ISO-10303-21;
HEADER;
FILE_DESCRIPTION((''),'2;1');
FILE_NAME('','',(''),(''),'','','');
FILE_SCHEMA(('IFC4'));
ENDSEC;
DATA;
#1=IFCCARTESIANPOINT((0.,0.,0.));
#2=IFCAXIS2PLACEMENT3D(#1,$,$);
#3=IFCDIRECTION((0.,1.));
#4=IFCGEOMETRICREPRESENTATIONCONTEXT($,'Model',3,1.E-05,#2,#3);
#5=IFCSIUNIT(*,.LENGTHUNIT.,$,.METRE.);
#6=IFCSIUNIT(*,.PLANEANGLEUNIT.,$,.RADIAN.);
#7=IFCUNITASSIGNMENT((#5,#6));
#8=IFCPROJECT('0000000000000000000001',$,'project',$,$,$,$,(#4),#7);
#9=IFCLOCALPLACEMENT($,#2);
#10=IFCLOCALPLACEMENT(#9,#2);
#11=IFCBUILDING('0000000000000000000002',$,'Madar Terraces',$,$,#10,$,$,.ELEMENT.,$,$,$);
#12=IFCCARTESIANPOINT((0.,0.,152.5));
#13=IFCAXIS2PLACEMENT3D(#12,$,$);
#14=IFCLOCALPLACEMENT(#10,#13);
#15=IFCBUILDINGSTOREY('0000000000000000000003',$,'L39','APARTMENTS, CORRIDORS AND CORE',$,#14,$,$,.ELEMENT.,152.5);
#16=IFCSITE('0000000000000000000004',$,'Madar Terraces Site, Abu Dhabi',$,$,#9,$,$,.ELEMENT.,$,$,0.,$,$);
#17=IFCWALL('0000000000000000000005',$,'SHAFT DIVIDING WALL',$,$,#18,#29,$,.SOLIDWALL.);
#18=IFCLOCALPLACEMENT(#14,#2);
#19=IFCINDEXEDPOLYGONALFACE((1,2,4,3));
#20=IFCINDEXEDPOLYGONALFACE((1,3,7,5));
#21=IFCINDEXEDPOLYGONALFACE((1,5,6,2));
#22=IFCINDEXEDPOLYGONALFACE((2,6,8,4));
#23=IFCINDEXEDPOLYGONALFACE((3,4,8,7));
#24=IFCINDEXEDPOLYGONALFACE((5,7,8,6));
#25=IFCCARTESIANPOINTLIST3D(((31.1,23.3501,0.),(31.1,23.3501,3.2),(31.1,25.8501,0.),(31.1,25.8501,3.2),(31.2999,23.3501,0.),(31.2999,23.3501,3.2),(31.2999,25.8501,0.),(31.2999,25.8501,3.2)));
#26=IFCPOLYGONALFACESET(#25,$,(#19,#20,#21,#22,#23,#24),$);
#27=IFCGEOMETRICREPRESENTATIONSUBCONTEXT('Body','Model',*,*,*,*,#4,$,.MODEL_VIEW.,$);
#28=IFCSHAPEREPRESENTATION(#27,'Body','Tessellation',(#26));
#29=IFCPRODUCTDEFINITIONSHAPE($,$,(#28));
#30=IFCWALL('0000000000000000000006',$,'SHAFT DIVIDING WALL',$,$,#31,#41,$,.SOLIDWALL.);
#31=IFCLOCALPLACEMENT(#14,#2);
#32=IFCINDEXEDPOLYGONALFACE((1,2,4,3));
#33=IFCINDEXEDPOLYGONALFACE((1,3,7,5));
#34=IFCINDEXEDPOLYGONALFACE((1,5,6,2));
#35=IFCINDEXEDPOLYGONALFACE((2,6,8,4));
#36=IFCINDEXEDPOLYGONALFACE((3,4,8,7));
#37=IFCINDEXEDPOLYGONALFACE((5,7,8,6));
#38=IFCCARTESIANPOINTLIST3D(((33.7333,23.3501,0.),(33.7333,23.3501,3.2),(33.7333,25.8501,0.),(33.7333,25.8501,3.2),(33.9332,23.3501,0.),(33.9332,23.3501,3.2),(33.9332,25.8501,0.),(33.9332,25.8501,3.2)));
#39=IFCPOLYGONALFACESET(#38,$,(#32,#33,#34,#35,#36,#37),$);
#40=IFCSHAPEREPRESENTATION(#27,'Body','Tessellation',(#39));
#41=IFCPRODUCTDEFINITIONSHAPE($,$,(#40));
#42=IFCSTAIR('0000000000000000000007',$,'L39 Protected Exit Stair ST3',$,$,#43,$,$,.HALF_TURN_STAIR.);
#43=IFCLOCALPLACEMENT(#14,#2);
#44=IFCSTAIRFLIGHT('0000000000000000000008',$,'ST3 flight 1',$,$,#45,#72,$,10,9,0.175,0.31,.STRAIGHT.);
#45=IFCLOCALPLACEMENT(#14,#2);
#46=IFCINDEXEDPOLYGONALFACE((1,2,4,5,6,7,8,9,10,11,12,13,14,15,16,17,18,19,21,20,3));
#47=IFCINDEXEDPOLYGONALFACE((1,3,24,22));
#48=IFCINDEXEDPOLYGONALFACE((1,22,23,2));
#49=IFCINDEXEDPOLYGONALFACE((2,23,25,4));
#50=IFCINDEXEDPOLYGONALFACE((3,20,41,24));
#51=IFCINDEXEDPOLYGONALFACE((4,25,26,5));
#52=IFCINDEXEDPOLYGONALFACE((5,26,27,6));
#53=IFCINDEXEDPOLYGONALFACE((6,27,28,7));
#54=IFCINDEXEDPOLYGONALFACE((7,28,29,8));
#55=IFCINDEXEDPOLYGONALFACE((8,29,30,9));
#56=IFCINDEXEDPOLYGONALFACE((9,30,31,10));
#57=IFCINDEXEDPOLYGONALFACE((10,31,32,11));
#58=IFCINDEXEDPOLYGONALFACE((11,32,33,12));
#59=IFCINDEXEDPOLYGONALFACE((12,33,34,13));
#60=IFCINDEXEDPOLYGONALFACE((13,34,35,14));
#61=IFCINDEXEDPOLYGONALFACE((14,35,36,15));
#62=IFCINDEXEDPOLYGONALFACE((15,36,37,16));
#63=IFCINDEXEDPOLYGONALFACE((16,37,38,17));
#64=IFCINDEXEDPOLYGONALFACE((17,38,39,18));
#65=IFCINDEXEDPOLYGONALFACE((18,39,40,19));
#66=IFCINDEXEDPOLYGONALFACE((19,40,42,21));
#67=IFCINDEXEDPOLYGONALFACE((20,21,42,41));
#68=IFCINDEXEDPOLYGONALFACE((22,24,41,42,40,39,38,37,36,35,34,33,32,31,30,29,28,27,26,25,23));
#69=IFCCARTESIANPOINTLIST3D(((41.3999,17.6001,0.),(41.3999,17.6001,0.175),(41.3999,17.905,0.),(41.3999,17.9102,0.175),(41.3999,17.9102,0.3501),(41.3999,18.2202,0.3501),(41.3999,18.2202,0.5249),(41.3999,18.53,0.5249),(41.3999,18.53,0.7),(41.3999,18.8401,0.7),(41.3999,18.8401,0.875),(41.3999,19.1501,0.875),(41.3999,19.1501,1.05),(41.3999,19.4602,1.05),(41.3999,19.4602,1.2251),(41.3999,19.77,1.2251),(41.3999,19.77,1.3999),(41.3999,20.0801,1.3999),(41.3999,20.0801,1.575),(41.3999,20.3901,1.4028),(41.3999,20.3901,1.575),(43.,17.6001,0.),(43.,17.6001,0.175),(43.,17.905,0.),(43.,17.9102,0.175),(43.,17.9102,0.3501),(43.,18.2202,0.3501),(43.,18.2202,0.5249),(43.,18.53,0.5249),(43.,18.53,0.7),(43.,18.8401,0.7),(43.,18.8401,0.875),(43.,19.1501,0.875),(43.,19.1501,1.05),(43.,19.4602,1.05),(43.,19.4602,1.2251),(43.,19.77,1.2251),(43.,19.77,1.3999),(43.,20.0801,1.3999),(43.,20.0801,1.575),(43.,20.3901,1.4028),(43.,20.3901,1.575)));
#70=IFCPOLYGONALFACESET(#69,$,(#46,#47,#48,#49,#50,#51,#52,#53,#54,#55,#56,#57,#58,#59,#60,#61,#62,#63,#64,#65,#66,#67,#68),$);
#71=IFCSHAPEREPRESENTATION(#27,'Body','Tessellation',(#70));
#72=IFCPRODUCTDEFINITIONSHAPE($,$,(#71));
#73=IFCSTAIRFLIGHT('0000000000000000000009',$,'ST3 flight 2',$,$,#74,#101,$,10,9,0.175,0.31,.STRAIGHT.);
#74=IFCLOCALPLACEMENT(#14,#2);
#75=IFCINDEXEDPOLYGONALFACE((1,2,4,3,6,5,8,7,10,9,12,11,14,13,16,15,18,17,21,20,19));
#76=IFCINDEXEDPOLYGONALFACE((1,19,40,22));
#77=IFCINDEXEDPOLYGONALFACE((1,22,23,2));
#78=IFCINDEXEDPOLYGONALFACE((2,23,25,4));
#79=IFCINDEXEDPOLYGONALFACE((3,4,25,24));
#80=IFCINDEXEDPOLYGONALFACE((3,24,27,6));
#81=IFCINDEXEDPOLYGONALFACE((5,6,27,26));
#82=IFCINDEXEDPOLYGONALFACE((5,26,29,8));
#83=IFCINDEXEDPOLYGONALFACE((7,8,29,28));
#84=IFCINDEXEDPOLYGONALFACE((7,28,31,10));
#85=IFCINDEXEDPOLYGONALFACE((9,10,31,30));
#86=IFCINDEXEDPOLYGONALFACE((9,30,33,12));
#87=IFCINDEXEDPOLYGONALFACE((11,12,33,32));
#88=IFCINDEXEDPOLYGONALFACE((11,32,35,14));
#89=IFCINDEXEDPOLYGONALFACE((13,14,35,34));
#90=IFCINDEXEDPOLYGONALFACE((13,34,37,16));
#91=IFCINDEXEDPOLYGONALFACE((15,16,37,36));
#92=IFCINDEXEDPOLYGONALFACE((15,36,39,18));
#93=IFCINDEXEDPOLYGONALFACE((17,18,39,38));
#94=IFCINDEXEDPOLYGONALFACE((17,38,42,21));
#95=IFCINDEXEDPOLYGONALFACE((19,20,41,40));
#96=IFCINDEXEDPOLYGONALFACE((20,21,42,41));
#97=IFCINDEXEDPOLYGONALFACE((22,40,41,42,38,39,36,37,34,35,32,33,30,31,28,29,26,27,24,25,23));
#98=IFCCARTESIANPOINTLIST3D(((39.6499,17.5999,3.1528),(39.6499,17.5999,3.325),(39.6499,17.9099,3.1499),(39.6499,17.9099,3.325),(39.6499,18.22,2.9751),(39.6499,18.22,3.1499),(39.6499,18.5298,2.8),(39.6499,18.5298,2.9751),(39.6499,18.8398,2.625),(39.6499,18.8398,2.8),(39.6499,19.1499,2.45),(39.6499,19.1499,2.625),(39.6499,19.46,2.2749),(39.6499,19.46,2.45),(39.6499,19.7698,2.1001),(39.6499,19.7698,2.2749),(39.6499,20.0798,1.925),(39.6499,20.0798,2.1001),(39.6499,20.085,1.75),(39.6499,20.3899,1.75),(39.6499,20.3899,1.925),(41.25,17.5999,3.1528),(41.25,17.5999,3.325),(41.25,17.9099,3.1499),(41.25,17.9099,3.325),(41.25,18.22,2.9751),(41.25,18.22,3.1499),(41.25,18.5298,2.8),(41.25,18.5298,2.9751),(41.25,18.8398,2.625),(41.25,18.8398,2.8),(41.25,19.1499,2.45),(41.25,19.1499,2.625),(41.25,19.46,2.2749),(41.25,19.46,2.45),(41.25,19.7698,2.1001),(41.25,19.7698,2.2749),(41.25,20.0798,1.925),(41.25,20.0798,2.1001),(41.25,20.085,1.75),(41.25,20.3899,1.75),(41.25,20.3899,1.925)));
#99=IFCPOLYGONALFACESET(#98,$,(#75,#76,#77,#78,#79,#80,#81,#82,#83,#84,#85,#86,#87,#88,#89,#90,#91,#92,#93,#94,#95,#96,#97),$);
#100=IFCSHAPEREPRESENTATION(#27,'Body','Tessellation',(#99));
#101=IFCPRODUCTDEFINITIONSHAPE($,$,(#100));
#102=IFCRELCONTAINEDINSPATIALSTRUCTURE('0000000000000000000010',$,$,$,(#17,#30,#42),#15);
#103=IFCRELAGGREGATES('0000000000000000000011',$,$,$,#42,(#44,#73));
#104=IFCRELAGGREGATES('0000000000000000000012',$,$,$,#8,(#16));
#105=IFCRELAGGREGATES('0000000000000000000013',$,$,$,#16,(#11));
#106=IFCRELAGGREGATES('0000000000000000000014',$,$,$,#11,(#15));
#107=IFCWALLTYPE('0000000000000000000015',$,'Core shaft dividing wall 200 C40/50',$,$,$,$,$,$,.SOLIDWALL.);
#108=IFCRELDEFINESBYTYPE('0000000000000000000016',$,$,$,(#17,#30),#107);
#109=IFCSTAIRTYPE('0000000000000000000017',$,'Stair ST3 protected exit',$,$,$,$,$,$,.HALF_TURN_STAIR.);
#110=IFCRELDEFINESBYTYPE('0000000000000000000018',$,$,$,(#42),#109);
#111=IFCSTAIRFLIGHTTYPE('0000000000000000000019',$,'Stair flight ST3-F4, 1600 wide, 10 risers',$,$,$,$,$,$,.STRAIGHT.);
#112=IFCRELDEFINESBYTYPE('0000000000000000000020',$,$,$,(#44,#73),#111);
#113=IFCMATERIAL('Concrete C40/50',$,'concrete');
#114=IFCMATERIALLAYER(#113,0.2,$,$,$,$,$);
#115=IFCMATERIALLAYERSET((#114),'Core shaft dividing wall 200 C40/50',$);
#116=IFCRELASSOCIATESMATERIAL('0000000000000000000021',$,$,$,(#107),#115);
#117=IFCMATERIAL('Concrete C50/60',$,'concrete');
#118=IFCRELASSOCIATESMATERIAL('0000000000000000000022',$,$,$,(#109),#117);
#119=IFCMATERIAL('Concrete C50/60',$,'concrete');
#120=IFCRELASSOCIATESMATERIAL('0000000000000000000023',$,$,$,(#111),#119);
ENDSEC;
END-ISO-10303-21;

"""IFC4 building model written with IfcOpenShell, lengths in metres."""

from ifc_helpers import new_model, si_unit, direction, frame, frame_2d, origin, place, context, subcontext, project, spatial, polyline, rectangle, outline, extrude, material, layer, layer_set, type_object, element, aggregate, save


model = new_model("IFC4")

# Units and contexts
model_context = context("Model", 3, precision=1e-05, world=origin(), true_north=direction((0.0, 1.0)))
body_context = subcontext(model_context, "Body", "Model", "MODEL_VIEW")
ifc_project = project(units=[si_unit("LENGTHUNIT", "METRE"), si_unit("PLANEANGLEUNIT", "RADIAN")], contexts=[model_context])

# Site, building, storey
site_placement = place(None, origin())
site = spatial("IfcSite", under=ifc_project, at=site_placement, Name="Madar Terraces Site, Abu Dhabi", CompositionType="ELEMENT", RefElevation=0.0)
building_placement = place(site_placement, origin())
building = spatial("IfcBuilding", under=site, at=building_placement, Name="Madar Terraces", CompositionType="ELEMENT")
storey_placement = place(building_placement, frame((0.0, 0.0, 152.5)))
storey = spatial("IfcBuildingStorey", under=building, at=storey_placement, Name="L39", Description="APARTMENTS, CORRIDORS AND CORE", CompositionType="ELEMENT", Elevation=152.5)

# Walls
ifc_material_1 = material(Name="Concrete C40/50", Category="concrete")
ifc_layer_1 = layer(ifc_material_1, 0.2)
ifc_layer_set_1 = layer_set([ifc_layer_1], Name="Core shaft dividing wall 200 C40/50")
wall_type_1 = type_object("IfcWallType", Name="Core shaft dividing wall 200 C40/50", PredefinedType="SOLIDWALL", material=ifc_layer_set_1)
for number, where, z_axis, x_axis, name in (
    (1, (31.2, 23.3501, 0.0), (0.0, 0.0, 1.0), (0.0, 1.0, 0.0), "SHAFT DIVIDING WALL"),
    (2, (33.8333, 23.3501, 0.0), (0.0, 0.0, 1.0), (0.0, 1.0, 0.0), "SHAFT DIVIDING WALL"),
):
    element("IfcWall", number, at=place(storey_placement, frame(where, z_axis=z_axis, x_axis=x_axis)), inside=storey, type_object=wall_type_1, Name=name, PredefinedType="SOLIDWALL", context=body_context, shape_type="SweptSolid", body=[
        extrude(rectangle(XDim=2.5, YDim=0.2, at=frame_2d((1.25, 0.0))), origin(), (0.0, 0.0, 1.0), 3.2),
    ])

# Stair, stair flights
ifc_material_2 = material(Name="Concrete C50/60", Category="concrete")
stair_type = type_object("IfcStairType", Name="Stair ST3 protected exit", PredefinedType="HALF_TURN_STAIR", material=ifc_material_2)
stair_placement = place(storey_placement, origin())
stair = element("IfcStair", 3, at=stair_placement, inside=storey, type_object=stair_type, Name="L39 Protected Exit Stair ST3", PredefinedType="HALF_TURN_STAIR")
ifc_material_3 = material(Name="Concrete C50/60", Category="concrete")
stair_flight_type = type_object("IfcStairFlightType", Name="Stair flight ST3-F4, 1600 wide, 10 risers", PredefinedType="STRAIGHT", material=ifc_material_3)
stair_flight_1_placement = place(storey_placement, frame((42.2, 17.6001, 0.0), z_axis=(0.0, 0.0, 1.0), x_axis=(0.0, 1.0, 0.0)))
stair_flight_1 = element("IfcStairFlight", 4, at=stair_flight_1_placement, type_object=stair_flight_type, Name="ST3 flight 1", NumberOfRisers=10, NumberOfTreads=9, PredefinedType="STRAIGHT", RiserHeight=0.175, TreadLength=0.31, context=body_context, shape_type="SweptSolid", body=[
    extrude(outline(polyline([(0.0, 0.0), (0.0, 0.175), (0.3101, 0.175), (0.3101, 0.3501), (0.6201, 0.3501), (0.6201, 0.5249), (0.9299, 0.5249), (0.9299, 0.7), (1.24, 0.7), (1.24, 0.875), (1.55, 0.875), (1.55, 1.05), (1.8601, 1.05), (1.8601, 1.2251), (2.1699, 1.2251), (2.1699, 1.3999), (2.48, 1.3999), (2.48, 1.575), (2.79, 1.575), (2.79, 1.75), (2.79, 1.4028), (0.3049, 0.0), (0.0, 0.0)])), frame((0.0, 0.8, 0.0), z_axis=(0.0, -1.0, 0.0), x_axis=(1.0, 0.0, 0.0)), (0.0, 0.0, 1.0), 1.6001),
])
stair_flight_2_placement = place(storey_placement, frame((40.45, 20.3899, 1.75), z_axis=(0.0, 0.0, 1.0), x_axis=(0.0, -1.0, 0.0)))
stair_flight_2 = element("IfcStairFlight", 5, at=stair_flight_2_placement, type_object=stair_flight_type, Name="ST3 flight 2", NumberOfRisers=10, NumberOfTreads=9, PredefinedType="STRAIGHT", RiserHeight=0.175, TreadLength=0.31, context=body_context, shape_type="SweptSolid", body=[
    extrude(outline(polyline([(0.0, 0.0), (0.0, 0.175), (0.3101, 0.175), (0.3101, 0.3501), (0.6201, 0.3501), (0.6201, 0.5249), (0.9299, 0.5249), (0.9299, 0.7), (1.24, 0.7), (1.24, 0.875), (1.55, 0.875), (1.55, 1.05), (1.8601, 1.05), (1.8601, 1.2251), (2.1699, 1.2251), (2.1699, 1.3999), (2.48, 1.3999), (2.48, 1.575), (2.79, 1.575), (2.79, 1.75), (2.79, 1.4028), (0.3049, 0.0), (0.0, 0.0)])), frame((0.0, 0.8, 0.0), z_axis=(0.0, -1.0, 0.0), x_axis=(1.0, 0.0, 0.0)), (0.0, 0.0, 1.0), 1.6001),
])
aggregate(stair, [stair_flight_1, stair_flight_2])

save(model, "model.ifc")
